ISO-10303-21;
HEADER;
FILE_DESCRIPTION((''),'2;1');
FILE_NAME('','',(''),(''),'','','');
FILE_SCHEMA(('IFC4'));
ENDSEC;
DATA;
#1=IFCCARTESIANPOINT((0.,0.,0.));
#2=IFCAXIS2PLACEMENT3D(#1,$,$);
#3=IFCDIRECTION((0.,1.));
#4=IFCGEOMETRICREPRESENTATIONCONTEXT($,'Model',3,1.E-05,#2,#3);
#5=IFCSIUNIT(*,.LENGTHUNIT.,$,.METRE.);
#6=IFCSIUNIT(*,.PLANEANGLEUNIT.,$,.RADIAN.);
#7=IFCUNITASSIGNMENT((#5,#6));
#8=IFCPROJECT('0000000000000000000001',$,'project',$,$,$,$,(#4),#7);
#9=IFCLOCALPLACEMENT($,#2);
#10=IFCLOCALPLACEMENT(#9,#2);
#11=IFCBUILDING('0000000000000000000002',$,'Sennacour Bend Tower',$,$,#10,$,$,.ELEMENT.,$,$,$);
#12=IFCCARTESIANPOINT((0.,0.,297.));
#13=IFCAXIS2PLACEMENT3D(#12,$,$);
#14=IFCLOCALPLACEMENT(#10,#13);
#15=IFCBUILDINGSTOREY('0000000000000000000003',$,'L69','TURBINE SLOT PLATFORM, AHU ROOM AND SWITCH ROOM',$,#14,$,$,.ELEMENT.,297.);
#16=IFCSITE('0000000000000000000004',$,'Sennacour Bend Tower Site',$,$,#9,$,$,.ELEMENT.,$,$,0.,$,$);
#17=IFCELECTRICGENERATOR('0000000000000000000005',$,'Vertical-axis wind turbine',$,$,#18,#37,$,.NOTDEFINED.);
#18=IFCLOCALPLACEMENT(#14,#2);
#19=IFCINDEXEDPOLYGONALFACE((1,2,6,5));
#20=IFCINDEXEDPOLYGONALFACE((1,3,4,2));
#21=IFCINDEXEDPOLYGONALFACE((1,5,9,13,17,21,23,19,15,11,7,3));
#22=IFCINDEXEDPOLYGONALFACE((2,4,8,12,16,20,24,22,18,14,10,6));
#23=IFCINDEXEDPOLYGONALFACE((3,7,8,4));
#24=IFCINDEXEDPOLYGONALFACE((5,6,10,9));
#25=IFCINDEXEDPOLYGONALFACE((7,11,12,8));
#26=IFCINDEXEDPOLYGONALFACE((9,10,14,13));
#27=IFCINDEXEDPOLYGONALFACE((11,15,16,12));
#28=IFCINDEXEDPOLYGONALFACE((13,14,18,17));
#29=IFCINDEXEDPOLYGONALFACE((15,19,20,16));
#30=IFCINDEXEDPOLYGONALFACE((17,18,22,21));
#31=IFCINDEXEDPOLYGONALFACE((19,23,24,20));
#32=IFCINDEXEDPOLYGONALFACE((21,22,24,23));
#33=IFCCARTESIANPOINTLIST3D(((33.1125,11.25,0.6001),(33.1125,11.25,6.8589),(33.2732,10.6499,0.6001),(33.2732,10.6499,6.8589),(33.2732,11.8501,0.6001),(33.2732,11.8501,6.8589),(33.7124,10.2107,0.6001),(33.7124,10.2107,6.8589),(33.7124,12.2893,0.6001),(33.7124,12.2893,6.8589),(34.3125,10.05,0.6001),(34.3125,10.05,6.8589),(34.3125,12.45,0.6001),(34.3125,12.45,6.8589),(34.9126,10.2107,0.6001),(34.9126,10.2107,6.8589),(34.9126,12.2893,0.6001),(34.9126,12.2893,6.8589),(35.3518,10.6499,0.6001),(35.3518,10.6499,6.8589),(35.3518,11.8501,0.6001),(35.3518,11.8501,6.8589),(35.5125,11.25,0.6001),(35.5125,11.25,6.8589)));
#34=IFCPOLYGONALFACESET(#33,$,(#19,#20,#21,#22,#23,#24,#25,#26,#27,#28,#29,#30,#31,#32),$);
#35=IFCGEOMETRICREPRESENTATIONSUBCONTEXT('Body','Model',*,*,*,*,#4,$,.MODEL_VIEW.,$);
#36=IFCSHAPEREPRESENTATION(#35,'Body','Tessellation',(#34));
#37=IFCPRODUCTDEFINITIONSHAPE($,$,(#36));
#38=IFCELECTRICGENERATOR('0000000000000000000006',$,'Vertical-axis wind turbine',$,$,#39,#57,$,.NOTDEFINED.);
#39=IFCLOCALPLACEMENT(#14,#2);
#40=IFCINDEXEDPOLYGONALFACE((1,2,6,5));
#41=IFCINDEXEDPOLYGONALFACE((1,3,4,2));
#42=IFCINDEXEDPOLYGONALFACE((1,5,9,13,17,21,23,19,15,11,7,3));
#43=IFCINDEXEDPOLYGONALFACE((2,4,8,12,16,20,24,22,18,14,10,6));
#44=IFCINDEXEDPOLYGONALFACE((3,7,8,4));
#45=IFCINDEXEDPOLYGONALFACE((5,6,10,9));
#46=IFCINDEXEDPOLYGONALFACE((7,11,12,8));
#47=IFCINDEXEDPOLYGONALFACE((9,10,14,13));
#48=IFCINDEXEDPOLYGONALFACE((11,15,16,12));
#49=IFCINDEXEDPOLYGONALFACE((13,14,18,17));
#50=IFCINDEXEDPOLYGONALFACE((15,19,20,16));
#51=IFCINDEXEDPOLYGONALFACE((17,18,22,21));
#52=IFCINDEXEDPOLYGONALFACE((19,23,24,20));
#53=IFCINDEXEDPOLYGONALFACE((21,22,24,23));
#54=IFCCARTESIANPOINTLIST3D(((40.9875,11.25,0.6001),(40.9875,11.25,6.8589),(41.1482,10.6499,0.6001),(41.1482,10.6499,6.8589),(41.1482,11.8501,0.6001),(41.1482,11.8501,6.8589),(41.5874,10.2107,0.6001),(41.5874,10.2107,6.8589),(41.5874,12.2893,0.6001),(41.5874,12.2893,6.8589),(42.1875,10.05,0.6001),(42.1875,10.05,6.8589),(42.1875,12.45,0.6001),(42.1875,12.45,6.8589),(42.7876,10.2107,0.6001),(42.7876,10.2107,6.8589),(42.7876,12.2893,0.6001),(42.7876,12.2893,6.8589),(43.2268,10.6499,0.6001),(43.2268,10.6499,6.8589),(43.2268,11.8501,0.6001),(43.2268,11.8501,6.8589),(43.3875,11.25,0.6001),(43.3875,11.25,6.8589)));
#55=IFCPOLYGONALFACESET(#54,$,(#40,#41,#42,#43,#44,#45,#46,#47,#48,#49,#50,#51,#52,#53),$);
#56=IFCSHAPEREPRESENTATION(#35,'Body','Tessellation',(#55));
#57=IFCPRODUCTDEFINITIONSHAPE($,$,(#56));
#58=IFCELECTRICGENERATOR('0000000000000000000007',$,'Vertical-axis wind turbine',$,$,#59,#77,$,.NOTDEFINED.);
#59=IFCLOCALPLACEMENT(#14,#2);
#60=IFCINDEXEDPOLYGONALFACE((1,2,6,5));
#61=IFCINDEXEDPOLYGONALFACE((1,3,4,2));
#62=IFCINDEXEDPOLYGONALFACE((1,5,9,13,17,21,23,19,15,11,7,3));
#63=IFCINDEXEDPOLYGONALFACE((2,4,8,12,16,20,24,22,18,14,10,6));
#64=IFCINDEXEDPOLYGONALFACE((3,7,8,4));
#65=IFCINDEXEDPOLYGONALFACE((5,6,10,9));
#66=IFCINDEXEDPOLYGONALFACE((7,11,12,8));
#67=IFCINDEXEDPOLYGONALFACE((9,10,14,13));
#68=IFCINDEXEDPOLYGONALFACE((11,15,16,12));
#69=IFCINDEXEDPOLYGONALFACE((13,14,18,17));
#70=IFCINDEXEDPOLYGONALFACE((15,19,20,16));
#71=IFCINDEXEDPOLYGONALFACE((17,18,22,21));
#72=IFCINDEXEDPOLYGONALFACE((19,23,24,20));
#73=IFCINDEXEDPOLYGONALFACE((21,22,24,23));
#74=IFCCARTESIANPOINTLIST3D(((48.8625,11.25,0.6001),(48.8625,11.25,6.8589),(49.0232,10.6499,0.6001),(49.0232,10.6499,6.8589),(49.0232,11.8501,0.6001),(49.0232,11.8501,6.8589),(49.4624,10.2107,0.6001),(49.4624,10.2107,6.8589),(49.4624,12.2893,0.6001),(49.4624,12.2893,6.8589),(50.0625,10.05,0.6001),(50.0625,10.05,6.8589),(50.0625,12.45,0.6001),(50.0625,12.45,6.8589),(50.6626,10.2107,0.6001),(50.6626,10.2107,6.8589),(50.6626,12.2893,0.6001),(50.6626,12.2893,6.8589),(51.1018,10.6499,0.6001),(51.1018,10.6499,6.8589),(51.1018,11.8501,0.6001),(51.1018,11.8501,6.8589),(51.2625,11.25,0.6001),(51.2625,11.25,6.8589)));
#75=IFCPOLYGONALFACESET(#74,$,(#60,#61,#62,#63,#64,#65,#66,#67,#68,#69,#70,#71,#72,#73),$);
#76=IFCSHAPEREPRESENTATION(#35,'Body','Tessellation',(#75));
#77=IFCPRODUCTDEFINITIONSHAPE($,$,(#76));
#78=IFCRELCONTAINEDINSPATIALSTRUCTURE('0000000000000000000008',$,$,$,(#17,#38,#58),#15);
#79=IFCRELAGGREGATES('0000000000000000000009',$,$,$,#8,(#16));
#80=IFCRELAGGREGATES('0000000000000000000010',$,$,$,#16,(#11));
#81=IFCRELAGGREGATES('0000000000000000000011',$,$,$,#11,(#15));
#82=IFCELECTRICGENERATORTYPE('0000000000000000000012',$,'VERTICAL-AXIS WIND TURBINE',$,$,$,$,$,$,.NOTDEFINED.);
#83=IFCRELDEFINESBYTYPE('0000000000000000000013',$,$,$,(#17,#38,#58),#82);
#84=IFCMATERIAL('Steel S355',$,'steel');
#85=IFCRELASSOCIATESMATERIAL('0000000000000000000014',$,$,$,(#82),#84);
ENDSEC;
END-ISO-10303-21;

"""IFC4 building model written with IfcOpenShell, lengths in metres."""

from ifc_helpers import new_model, si_unit, direction, frame, origin, place, context, subcontext, project, spatial, polyline, outline, extrude, material, type_object, element, save


model = new_model("IFC4")

# Units and contexts
model_context = context("Model", 3, precision=1e-05, world=origin(), true_north=direction((0.0, 1.0)))
body_context = subcontext(model_context, "Body", "Model", "MODEL_VIEW")
ifc_project = project(units=[si_unit("LENGTHUNIT", "METRE"), si_unit("PLANEANGLEUNIT", "RADIAN")], contexts=[model_context])

# Site, building, storey
site_placement = place(None, origin())
site = spatial("IfcSite", under=ifc_project, at=site_placement, Name="Sennacour Bend Tower Site", CompositionType="ELEMENT", RefElevation=0.0)
building_placement = place(site_placement, origin())
building = spatial("IfcBuilding", under=site, at=building_placement, Name="Sennacour Bend Tower", CompositionType="ELEMENT")
storey_placement = place(building_placement, frame((0.0, 0.0, 297.0)))
storey = spatial("IfcBuildingStorey", under=building, at=storey_placement, Name="L69", Description="TURBINE SLOT PLATFORM, AHU ROOM AND SWITCH ROOM", CompositionType="ELEMENT", Elevation=297.0)

# Electric generators
ifc_material_1 = material(Name="Steel S355", Category="steel")
electric_generator_type = type_object("IfcElectricGeneratorType", Name="VERTICAL-AXIS WIND TURBINE", PredefinedType="NOTDEFINED", material=ifc_material_1)
electric_generator_1_placement = place(storey_placement, frame((0.0, 0.0, 0.6001)))
element("IfcElectricGenerator", 1, at=electric_generator_1_placement, inside=storey, type_object=electric_generator_type, Name="Vertical-axis wind turbine", PredefinedType="NOTDEFINED", context=body_context, shape_type="SweptSolid", body=[
    extrude(outline(polyline([(35.5125, 11.25), (35.3518, 11.8501), (34.9126, 12.2893), (34.3125, 12.45), (33.7124, 12.2893), (33.2732, 11.8501), (33.1125, 11.25), (33.2732, 10.6499), (33.7124, 10.2107), (34.3125, 10.05), (34.9126, 10.2107), (35.3518, 10.6499), (35.5125, 11.25)])), origin(), (0.0, 0.0, 1.0), 6.2588),
])
electric_generator_2_placement = place(storey_placement, frame((0.0, 0.0, 0.6001)))
element("IfcElectricGenerator", 2, at=electric_generator_2_placement, inside=storey, type_object=electric_generator_type, Name="Vertical-axis wind turbine", PredefinedType="NOTDEFINED", context=body_context, shape_type="SweptSolid", body=[
    extrude(outline(polyline([(43.3875, 11.25), (43.2268, 11.8501), (42.7876, 12.2893), (42.1875, 12.45), (41.5874, 12.2893), (41.1482, 11.8501), (40.9875, 11.25), (41.1482, 10.6499), (41.5874, 10.2107), (42.1875, 10.05), (42.7876, 10.2107), (43.2268, 10.6499), (43.3875, 11.25)])), origin(), (0.0, 0.0, 1.0), 6.2588),
])
electric_generator_3_placement = place(storey_placement, frame((0.0, 0.0, 0.6001)))
element("IfcElectricGenerator", 3, at=electric_generator_3_placement, inside=storey, type_object=electric_generator_type, Name="Vertical-axis wind turbine", PredefinedType="NOTDEFINED", context=body_context, shape_type="SweptSolid", body=[
    extrude(outline(polyline([(51.2625, 11.25), (51.1018, 11.8501), (50.6626, 12.2893), (50.0625, 12.45), (49.4624, 12.2893), (49.0232, 11.8501), (48.8625, 11.25), (49.0232, 10.6499), (49.4624, 10.2107), (50.0625, 10.05), (50.6626, 10.2107), (51.1018, 10.6499), (51.2625, 11.25)])), origin(), (0.0, 0.0, 1.0), 6.2588),
])

save(model, "model.ifc")
